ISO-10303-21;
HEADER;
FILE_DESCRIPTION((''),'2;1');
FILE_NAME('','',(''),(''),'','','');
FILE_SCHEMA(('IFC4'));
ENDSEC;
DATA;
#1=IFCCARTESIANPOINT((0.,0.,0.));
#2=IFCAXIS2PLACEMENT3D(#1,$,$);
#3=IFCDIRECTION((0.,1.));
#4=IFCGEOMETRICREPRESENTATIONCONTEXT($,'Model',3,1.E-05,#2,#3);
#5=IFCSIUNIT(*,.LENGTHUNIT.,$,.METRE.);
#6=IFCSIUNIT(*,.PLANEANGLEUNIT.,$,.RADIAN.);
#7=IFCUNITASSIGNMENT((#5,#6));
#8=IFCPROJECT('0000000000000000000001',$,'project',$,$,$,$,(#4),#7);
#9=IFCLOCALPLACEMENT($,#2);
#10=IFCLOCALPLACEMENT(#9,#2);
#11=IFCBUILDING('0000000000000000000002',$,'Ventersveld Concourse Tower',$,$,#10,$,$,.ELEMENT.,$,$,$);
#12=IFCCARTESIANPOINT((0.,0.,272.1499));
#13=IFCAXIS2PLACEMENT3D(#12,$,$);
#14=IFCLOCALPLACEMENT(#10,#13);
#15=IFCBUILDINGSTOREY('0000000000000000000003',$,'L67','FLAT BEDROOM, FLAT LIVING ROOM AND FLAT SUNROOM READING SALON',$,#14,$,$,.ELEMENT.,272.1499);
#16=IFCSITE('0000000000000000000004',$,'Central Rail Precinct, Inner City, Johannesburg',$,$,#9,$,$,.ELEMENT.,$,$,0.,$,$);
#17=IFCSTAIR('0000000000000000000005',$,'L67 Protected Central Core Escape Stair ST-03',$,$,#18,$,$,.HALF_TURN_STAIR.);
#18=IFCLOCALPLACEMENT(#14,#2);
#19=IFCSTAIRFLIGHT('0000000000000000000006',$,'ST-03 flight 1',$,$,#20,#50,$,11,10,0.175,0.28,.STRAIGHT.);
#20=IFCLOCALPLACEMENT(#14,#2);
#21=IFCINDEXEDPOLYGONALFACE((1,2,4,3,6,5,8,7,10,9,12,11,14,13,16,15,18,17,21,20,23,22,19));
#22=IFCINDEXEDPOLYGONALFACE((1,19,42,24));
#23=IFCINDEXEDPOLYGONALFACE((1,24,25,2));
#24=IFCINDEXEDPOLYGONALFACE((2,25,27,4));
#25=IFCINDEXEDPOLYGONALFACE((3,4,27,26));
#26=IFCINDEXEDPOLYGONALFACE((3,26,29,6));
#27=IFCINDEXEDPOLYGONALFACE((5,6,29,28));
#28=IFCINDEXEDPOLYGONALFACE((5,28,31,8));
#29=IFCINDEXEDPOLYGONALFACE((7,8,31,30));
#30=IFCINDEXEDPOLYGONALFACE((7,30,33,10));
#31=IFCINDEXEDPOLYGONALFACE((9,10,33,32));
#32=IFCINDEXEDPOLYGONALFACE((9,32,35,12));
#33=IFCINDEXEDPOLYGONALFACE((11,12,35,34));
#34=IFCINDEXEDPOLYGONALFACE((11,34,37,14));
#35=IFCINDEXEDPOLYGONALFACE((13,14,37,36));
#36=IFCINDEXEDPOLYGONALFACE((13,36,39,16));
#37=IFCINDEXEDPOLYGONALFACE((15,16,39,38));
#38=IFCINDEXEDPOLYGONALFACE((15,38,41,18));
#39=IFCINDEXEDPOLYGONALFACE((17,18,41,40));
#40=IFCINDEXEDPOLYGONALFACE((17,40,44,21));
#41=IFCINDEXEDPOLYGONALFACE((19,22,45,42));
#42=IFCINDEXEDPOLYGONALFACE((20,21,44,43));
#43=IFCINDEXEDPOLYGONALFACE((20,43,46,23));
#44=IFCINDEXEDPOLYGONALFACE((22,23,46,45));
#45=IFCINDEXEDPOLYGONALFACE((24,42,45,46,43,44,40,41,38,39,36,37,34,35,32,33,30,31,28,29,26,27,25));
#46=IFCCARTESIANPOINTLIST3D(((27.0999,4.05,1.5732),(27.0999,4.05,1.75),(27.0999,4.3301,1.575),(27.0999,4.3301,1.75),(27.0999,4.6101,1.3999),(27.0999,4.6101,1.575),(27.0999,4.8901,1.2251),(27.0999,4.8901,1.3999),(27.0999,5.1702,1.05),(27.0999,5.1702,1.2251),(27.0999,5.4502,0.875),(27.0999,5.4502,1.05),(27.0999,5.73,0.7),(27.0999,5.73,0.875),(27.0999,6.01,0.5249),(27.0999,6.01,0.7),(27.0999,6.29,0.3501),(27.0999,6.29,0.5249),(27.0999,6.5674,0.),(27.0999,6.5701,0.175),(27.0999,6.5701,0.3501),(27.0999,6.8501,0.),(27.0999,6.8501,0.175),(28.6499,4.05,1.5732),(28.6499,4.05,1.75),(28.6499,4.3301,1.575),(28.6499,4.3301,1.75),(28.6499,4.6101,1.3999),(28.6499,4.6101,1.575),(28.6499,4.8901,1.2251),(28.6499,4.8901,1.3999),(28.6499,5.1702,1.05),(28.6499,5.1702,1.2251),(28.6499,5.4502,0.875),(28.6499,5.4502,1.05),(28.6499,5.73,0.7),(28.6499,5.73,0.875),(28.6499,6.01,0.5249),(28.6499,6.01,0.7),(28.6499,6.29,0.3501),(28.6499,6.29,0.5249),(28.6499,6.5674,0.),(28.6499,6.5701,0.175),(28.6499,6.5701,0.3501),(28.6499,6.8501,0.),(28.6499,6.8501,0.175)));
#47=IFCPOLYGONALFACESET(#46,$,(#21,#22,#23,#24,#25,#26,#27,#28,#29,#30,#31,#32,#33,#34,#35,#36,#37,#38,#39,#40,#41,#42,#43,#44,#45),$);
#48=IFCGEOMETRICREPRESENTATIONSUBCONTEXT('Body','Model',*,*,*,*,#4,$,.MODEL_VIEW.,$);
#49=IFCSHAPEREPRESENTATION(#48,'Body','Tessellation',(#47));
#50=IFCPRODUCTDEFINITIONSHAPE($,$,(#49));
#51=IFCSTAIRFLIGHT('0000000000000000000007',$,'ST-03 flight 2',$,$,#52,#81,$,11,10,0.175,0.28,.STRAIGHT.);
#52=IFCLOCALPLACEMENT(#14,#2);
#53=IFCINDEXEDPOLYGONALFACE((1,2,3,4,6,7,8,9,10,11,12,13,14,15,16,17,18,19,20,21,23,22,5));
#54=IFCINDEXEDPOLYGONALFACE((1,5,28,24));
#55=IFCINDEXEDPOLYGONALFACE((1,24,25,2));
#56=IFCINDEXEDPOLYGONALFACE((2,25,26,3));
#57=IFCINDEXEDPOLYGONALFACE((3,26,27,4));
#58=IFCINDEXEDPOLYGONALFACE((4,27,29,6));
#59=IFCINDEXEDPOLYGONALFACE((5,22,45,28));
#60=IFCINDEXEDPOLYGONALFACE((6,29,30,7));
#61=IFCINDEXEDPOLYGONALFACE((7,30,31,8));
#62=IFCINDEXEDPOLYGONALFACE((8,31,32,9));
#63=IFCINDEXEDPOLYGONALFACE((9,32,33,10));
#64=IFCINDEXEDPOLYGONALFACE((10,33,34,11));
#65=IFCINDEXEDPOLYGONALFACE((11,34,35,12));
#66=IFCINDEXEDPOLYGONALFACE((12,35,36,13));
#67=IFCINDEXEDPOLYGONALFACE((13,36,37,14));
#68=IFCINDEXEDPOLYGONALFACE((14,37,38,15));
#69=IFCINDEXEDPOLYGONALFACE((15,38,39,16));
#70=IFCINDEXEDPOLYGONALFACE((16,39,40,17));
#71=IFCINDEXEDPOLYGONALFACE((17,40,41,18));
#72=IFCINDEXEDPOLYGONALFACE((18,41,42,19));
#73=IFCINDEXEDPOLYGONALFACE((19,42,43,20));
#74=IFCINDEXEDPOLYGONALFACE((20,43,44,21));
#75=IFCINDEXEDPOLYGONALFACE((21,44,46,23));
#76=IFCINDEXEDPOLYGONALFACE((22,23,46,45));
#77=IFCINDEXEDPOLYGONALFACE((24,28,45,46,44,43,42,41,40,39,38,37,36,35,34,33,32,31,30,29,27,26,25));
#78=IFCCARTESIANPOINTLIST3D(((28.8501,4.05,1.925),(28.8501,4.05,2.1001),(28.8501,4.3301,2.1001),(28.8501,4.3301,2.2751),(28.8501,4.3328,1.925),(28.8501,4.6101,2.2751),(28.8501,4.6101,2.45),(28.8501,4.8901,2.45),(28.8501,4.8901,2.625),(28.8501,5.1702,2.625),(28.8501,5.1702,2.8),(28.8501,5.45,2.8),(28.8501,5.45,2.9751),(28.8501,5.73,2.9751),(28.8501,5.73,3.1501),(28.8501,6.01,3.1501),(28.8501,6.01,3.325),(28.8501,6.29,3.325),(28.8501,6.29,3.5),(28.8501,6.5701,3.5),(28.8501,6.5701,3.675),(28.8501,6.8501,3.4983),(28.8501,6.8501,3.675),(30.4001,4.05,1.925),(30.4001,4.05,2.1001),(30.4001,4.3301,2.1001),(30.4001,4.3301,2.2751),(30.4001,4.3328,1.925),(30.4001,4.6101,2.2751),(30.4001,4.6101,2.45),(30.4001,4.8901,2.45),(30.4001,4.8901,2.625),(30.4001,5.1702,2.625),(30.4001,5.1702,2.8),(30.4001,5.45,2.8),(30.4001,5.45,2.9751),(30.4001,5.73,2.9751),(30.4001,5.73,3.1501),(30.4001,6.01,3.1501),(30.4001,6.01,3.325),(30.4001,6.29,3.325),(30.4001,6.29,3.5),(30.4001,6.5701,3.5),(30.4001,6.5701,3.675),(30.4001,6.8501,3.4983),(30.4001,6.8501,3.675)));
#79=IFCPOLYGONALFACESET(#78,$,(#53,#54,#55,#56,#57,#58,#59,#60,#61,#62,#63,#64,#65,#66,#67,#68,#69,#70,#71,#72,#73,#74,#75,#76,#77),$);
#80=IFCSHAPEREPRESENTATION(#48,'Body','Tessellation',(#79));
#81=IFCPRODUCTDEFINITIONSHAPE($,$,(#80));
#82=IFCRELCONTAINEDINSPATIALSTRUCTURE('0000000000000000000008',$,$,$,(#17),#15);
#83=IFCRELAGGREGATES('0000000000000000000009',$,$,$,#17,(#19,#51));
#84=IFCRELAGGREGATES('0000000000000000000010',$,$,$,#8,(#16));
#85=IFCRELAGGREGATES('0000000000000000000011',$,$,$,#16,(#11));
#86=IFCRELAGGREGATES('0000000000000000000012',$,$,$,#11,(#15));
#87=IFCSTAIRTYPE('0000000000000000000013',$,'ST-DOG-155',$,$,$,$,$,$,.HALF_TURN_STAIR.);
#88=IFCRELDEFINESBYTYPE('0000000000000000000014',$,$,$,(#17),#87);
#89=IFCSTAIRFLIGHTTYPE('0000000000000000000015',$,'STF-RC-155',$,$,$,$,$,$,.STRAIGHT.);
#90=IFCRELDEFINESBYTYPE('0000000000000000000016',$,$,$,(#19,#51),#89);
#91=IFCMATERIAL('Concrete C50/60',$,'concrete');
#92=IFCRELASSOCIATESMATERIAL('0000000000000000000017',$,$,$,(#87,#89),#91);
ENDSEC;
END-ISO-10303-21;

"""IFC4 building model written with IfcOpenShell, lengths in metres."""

from ifc_helpers import new_model, si_unit, direction, frame, origin, place, context, subcontext, project, spatial, polyline, outline, extrude, material, type_object, element, aggregate, save


model = new_model("IFC4")

# Units and contexts
model_context = context("Model", 3, precision=1e-05, world=origin(), true_north=direction((0.0, 1.0)))
body_context = subcontext(model_context, "Body", "Model", "MODEL_VIEW")
ifc_project = project(units=[si_unit("LENGTHUNIT", "METRE"), si_unit("PLANEANGLEUNIT", "RADIAN")], contexts=[model_context])

# Site, building, storey
site_placement = place(None, origin())
site = spatial("IfcSite", under=ifc_project, at=site_placement, Name="Central Rail Precinct, Inner City, Johannesburg", CompositionType="ELEMENT", RefElevation=0.0)
building_placement = place(site_placement, origin())
building = spatial("IfcBuilding", under=site, at=building_placement, Name="Ventersveld Concourse Tower", CompositionType="ELEMENT")
storey_placement = place(building_placement, frame((0.0, 0.0, 272.1499)))
storey = spatial("IfcBuildingStorey", under=building, at=storey_placement, Name="L67", Description="FLAT BEDROOM, FLAT LIVING ROOM AND FLAT SUNROOM READING SALON", CompositionType="ELEMENT", Elevation=272.1499)

# Shared definitions
ifc_material_1 = material(Name="Concrete C50/60", Category="concrete")

# Stair, stair flights
stair_type = type_object("IfcStairType", Name="ST-DOG-155", PredefinedType="HALF_TURN_STAIR", material=ifc_material_1)
stair_placement = place(storey_placement, origin())
stair = element("IfcStair", 1, at=stair_placement, inside=storey, type_object=stair_type, Name="L67 Protected Central Core Escape Stair ST-03", PredefinedType="HALF_TURN_STAIR")
stair_flight_type = type_object("IfcStairFlightType", Name="STF-RC-155", PredefinedType="STRAIGHT", material=ifc_material_1)
stair_flight_1_placement = place(storey_placement, frame((27.875, 6.8501, 0.0), z_axis=(0.0, 0.0, 1.0), x_axis=(0.0, -1.0, 0.0)))
stair_flight_1 = element("IfcStairFlight", 2, at=stair_flight_1_placement, type_object=stair_flight_type, Name="ST-03 flight 1", NumberOfRisers=11, NumberOfTreads=10, PredefinedType="STRAIGHT", RiserHeight=0.175, TreadLength=0.28, context=body_context, shape_type="SweptSolid", body=[
    extrude(outline(polyline([(0.0, 0.0), (0.0, 0.175), (0.28, 0.175), (0.28, 0.3501), (0.5601, 0.3501), (0.5601, 0.5249), (0.8401, 0.5249), (0.8401, 0.7), (1.1201, 0.7), (1.1201, 0.875), (1.3999, 0.875), (1.3999, 1.05), (1.6799, 1.05), (1.6799, 1.2251), (1.96, 1.2251), (1.96, 1.3999), (2.24, 1.3999), (2.24, 1.575), (2.52, 1.575), (2.52, 1.75), (2.8, 1.75), (2.8, 1.925), (2.8, 1.5732), (0.2827, 0.0), (0.0, 0.0)])), frame((0.0, 0.7749, 0.0), z_axis=(0.0, -1.0, 0.0), x_axis=(1.0, 0.0, 0.0)), (0.0, 0.0, 1.0), 1.55),
])
stair_flight_2_placement = place(storey_placement, frame((29.625, 4.05, 1.925), z_axis=(0.0, 0.0, 1.0), x_axis=(0.0, 1.0, 0.0)))
stair_flight_2 = element("IfcStairFlight", 3, at=stair_flight_2_placement, type_object=stair_flight_type, Name="ST-03 flight 2", NumberOfRisers=11, NumberOfTreads=10, PredefinedType="STRAIGHT", RiserHeight=0.175, TreadLength=0.28, context=body_context, shape_type="SweptSolid", body=[
    extrude(outline(polyline([(0.0, 0.0), (0.0, 0.175), (0.28, 0.175), (0.28, 0.3501), (0.5601, 0.3501), (0.5601, 0.5249), (0.8401, 0.5249), (0.8401, 0.7), (1.1201, 0.7), (1.1201, 0.875), (1.3999, 0.875), (1.3999, 1.05), (1.6799, 1.05), (1.6799, 1.2251), (1.96, 1.2251), (1.96, 1.3999), (2.24, 1.3999), (2.24, 1.575), (2.52, 1.575), (2.52, 1.75), (2.8, 1.75), (2.8, 1.925), (2.8, 1.5732), (0.2827, 0.0), (0.0, 0.0)])), frame((0.0, 0.7749, 0.0), z_axis=(0.0, -1.0, 0.0), x_axis=(1.0, 0.0, 0.0)), (0.0, 0.0, 1.0), 1.55),
])
aggregate(stair, [stair_flight_1, stair_flight_2])

save(model, "model.ifc")
